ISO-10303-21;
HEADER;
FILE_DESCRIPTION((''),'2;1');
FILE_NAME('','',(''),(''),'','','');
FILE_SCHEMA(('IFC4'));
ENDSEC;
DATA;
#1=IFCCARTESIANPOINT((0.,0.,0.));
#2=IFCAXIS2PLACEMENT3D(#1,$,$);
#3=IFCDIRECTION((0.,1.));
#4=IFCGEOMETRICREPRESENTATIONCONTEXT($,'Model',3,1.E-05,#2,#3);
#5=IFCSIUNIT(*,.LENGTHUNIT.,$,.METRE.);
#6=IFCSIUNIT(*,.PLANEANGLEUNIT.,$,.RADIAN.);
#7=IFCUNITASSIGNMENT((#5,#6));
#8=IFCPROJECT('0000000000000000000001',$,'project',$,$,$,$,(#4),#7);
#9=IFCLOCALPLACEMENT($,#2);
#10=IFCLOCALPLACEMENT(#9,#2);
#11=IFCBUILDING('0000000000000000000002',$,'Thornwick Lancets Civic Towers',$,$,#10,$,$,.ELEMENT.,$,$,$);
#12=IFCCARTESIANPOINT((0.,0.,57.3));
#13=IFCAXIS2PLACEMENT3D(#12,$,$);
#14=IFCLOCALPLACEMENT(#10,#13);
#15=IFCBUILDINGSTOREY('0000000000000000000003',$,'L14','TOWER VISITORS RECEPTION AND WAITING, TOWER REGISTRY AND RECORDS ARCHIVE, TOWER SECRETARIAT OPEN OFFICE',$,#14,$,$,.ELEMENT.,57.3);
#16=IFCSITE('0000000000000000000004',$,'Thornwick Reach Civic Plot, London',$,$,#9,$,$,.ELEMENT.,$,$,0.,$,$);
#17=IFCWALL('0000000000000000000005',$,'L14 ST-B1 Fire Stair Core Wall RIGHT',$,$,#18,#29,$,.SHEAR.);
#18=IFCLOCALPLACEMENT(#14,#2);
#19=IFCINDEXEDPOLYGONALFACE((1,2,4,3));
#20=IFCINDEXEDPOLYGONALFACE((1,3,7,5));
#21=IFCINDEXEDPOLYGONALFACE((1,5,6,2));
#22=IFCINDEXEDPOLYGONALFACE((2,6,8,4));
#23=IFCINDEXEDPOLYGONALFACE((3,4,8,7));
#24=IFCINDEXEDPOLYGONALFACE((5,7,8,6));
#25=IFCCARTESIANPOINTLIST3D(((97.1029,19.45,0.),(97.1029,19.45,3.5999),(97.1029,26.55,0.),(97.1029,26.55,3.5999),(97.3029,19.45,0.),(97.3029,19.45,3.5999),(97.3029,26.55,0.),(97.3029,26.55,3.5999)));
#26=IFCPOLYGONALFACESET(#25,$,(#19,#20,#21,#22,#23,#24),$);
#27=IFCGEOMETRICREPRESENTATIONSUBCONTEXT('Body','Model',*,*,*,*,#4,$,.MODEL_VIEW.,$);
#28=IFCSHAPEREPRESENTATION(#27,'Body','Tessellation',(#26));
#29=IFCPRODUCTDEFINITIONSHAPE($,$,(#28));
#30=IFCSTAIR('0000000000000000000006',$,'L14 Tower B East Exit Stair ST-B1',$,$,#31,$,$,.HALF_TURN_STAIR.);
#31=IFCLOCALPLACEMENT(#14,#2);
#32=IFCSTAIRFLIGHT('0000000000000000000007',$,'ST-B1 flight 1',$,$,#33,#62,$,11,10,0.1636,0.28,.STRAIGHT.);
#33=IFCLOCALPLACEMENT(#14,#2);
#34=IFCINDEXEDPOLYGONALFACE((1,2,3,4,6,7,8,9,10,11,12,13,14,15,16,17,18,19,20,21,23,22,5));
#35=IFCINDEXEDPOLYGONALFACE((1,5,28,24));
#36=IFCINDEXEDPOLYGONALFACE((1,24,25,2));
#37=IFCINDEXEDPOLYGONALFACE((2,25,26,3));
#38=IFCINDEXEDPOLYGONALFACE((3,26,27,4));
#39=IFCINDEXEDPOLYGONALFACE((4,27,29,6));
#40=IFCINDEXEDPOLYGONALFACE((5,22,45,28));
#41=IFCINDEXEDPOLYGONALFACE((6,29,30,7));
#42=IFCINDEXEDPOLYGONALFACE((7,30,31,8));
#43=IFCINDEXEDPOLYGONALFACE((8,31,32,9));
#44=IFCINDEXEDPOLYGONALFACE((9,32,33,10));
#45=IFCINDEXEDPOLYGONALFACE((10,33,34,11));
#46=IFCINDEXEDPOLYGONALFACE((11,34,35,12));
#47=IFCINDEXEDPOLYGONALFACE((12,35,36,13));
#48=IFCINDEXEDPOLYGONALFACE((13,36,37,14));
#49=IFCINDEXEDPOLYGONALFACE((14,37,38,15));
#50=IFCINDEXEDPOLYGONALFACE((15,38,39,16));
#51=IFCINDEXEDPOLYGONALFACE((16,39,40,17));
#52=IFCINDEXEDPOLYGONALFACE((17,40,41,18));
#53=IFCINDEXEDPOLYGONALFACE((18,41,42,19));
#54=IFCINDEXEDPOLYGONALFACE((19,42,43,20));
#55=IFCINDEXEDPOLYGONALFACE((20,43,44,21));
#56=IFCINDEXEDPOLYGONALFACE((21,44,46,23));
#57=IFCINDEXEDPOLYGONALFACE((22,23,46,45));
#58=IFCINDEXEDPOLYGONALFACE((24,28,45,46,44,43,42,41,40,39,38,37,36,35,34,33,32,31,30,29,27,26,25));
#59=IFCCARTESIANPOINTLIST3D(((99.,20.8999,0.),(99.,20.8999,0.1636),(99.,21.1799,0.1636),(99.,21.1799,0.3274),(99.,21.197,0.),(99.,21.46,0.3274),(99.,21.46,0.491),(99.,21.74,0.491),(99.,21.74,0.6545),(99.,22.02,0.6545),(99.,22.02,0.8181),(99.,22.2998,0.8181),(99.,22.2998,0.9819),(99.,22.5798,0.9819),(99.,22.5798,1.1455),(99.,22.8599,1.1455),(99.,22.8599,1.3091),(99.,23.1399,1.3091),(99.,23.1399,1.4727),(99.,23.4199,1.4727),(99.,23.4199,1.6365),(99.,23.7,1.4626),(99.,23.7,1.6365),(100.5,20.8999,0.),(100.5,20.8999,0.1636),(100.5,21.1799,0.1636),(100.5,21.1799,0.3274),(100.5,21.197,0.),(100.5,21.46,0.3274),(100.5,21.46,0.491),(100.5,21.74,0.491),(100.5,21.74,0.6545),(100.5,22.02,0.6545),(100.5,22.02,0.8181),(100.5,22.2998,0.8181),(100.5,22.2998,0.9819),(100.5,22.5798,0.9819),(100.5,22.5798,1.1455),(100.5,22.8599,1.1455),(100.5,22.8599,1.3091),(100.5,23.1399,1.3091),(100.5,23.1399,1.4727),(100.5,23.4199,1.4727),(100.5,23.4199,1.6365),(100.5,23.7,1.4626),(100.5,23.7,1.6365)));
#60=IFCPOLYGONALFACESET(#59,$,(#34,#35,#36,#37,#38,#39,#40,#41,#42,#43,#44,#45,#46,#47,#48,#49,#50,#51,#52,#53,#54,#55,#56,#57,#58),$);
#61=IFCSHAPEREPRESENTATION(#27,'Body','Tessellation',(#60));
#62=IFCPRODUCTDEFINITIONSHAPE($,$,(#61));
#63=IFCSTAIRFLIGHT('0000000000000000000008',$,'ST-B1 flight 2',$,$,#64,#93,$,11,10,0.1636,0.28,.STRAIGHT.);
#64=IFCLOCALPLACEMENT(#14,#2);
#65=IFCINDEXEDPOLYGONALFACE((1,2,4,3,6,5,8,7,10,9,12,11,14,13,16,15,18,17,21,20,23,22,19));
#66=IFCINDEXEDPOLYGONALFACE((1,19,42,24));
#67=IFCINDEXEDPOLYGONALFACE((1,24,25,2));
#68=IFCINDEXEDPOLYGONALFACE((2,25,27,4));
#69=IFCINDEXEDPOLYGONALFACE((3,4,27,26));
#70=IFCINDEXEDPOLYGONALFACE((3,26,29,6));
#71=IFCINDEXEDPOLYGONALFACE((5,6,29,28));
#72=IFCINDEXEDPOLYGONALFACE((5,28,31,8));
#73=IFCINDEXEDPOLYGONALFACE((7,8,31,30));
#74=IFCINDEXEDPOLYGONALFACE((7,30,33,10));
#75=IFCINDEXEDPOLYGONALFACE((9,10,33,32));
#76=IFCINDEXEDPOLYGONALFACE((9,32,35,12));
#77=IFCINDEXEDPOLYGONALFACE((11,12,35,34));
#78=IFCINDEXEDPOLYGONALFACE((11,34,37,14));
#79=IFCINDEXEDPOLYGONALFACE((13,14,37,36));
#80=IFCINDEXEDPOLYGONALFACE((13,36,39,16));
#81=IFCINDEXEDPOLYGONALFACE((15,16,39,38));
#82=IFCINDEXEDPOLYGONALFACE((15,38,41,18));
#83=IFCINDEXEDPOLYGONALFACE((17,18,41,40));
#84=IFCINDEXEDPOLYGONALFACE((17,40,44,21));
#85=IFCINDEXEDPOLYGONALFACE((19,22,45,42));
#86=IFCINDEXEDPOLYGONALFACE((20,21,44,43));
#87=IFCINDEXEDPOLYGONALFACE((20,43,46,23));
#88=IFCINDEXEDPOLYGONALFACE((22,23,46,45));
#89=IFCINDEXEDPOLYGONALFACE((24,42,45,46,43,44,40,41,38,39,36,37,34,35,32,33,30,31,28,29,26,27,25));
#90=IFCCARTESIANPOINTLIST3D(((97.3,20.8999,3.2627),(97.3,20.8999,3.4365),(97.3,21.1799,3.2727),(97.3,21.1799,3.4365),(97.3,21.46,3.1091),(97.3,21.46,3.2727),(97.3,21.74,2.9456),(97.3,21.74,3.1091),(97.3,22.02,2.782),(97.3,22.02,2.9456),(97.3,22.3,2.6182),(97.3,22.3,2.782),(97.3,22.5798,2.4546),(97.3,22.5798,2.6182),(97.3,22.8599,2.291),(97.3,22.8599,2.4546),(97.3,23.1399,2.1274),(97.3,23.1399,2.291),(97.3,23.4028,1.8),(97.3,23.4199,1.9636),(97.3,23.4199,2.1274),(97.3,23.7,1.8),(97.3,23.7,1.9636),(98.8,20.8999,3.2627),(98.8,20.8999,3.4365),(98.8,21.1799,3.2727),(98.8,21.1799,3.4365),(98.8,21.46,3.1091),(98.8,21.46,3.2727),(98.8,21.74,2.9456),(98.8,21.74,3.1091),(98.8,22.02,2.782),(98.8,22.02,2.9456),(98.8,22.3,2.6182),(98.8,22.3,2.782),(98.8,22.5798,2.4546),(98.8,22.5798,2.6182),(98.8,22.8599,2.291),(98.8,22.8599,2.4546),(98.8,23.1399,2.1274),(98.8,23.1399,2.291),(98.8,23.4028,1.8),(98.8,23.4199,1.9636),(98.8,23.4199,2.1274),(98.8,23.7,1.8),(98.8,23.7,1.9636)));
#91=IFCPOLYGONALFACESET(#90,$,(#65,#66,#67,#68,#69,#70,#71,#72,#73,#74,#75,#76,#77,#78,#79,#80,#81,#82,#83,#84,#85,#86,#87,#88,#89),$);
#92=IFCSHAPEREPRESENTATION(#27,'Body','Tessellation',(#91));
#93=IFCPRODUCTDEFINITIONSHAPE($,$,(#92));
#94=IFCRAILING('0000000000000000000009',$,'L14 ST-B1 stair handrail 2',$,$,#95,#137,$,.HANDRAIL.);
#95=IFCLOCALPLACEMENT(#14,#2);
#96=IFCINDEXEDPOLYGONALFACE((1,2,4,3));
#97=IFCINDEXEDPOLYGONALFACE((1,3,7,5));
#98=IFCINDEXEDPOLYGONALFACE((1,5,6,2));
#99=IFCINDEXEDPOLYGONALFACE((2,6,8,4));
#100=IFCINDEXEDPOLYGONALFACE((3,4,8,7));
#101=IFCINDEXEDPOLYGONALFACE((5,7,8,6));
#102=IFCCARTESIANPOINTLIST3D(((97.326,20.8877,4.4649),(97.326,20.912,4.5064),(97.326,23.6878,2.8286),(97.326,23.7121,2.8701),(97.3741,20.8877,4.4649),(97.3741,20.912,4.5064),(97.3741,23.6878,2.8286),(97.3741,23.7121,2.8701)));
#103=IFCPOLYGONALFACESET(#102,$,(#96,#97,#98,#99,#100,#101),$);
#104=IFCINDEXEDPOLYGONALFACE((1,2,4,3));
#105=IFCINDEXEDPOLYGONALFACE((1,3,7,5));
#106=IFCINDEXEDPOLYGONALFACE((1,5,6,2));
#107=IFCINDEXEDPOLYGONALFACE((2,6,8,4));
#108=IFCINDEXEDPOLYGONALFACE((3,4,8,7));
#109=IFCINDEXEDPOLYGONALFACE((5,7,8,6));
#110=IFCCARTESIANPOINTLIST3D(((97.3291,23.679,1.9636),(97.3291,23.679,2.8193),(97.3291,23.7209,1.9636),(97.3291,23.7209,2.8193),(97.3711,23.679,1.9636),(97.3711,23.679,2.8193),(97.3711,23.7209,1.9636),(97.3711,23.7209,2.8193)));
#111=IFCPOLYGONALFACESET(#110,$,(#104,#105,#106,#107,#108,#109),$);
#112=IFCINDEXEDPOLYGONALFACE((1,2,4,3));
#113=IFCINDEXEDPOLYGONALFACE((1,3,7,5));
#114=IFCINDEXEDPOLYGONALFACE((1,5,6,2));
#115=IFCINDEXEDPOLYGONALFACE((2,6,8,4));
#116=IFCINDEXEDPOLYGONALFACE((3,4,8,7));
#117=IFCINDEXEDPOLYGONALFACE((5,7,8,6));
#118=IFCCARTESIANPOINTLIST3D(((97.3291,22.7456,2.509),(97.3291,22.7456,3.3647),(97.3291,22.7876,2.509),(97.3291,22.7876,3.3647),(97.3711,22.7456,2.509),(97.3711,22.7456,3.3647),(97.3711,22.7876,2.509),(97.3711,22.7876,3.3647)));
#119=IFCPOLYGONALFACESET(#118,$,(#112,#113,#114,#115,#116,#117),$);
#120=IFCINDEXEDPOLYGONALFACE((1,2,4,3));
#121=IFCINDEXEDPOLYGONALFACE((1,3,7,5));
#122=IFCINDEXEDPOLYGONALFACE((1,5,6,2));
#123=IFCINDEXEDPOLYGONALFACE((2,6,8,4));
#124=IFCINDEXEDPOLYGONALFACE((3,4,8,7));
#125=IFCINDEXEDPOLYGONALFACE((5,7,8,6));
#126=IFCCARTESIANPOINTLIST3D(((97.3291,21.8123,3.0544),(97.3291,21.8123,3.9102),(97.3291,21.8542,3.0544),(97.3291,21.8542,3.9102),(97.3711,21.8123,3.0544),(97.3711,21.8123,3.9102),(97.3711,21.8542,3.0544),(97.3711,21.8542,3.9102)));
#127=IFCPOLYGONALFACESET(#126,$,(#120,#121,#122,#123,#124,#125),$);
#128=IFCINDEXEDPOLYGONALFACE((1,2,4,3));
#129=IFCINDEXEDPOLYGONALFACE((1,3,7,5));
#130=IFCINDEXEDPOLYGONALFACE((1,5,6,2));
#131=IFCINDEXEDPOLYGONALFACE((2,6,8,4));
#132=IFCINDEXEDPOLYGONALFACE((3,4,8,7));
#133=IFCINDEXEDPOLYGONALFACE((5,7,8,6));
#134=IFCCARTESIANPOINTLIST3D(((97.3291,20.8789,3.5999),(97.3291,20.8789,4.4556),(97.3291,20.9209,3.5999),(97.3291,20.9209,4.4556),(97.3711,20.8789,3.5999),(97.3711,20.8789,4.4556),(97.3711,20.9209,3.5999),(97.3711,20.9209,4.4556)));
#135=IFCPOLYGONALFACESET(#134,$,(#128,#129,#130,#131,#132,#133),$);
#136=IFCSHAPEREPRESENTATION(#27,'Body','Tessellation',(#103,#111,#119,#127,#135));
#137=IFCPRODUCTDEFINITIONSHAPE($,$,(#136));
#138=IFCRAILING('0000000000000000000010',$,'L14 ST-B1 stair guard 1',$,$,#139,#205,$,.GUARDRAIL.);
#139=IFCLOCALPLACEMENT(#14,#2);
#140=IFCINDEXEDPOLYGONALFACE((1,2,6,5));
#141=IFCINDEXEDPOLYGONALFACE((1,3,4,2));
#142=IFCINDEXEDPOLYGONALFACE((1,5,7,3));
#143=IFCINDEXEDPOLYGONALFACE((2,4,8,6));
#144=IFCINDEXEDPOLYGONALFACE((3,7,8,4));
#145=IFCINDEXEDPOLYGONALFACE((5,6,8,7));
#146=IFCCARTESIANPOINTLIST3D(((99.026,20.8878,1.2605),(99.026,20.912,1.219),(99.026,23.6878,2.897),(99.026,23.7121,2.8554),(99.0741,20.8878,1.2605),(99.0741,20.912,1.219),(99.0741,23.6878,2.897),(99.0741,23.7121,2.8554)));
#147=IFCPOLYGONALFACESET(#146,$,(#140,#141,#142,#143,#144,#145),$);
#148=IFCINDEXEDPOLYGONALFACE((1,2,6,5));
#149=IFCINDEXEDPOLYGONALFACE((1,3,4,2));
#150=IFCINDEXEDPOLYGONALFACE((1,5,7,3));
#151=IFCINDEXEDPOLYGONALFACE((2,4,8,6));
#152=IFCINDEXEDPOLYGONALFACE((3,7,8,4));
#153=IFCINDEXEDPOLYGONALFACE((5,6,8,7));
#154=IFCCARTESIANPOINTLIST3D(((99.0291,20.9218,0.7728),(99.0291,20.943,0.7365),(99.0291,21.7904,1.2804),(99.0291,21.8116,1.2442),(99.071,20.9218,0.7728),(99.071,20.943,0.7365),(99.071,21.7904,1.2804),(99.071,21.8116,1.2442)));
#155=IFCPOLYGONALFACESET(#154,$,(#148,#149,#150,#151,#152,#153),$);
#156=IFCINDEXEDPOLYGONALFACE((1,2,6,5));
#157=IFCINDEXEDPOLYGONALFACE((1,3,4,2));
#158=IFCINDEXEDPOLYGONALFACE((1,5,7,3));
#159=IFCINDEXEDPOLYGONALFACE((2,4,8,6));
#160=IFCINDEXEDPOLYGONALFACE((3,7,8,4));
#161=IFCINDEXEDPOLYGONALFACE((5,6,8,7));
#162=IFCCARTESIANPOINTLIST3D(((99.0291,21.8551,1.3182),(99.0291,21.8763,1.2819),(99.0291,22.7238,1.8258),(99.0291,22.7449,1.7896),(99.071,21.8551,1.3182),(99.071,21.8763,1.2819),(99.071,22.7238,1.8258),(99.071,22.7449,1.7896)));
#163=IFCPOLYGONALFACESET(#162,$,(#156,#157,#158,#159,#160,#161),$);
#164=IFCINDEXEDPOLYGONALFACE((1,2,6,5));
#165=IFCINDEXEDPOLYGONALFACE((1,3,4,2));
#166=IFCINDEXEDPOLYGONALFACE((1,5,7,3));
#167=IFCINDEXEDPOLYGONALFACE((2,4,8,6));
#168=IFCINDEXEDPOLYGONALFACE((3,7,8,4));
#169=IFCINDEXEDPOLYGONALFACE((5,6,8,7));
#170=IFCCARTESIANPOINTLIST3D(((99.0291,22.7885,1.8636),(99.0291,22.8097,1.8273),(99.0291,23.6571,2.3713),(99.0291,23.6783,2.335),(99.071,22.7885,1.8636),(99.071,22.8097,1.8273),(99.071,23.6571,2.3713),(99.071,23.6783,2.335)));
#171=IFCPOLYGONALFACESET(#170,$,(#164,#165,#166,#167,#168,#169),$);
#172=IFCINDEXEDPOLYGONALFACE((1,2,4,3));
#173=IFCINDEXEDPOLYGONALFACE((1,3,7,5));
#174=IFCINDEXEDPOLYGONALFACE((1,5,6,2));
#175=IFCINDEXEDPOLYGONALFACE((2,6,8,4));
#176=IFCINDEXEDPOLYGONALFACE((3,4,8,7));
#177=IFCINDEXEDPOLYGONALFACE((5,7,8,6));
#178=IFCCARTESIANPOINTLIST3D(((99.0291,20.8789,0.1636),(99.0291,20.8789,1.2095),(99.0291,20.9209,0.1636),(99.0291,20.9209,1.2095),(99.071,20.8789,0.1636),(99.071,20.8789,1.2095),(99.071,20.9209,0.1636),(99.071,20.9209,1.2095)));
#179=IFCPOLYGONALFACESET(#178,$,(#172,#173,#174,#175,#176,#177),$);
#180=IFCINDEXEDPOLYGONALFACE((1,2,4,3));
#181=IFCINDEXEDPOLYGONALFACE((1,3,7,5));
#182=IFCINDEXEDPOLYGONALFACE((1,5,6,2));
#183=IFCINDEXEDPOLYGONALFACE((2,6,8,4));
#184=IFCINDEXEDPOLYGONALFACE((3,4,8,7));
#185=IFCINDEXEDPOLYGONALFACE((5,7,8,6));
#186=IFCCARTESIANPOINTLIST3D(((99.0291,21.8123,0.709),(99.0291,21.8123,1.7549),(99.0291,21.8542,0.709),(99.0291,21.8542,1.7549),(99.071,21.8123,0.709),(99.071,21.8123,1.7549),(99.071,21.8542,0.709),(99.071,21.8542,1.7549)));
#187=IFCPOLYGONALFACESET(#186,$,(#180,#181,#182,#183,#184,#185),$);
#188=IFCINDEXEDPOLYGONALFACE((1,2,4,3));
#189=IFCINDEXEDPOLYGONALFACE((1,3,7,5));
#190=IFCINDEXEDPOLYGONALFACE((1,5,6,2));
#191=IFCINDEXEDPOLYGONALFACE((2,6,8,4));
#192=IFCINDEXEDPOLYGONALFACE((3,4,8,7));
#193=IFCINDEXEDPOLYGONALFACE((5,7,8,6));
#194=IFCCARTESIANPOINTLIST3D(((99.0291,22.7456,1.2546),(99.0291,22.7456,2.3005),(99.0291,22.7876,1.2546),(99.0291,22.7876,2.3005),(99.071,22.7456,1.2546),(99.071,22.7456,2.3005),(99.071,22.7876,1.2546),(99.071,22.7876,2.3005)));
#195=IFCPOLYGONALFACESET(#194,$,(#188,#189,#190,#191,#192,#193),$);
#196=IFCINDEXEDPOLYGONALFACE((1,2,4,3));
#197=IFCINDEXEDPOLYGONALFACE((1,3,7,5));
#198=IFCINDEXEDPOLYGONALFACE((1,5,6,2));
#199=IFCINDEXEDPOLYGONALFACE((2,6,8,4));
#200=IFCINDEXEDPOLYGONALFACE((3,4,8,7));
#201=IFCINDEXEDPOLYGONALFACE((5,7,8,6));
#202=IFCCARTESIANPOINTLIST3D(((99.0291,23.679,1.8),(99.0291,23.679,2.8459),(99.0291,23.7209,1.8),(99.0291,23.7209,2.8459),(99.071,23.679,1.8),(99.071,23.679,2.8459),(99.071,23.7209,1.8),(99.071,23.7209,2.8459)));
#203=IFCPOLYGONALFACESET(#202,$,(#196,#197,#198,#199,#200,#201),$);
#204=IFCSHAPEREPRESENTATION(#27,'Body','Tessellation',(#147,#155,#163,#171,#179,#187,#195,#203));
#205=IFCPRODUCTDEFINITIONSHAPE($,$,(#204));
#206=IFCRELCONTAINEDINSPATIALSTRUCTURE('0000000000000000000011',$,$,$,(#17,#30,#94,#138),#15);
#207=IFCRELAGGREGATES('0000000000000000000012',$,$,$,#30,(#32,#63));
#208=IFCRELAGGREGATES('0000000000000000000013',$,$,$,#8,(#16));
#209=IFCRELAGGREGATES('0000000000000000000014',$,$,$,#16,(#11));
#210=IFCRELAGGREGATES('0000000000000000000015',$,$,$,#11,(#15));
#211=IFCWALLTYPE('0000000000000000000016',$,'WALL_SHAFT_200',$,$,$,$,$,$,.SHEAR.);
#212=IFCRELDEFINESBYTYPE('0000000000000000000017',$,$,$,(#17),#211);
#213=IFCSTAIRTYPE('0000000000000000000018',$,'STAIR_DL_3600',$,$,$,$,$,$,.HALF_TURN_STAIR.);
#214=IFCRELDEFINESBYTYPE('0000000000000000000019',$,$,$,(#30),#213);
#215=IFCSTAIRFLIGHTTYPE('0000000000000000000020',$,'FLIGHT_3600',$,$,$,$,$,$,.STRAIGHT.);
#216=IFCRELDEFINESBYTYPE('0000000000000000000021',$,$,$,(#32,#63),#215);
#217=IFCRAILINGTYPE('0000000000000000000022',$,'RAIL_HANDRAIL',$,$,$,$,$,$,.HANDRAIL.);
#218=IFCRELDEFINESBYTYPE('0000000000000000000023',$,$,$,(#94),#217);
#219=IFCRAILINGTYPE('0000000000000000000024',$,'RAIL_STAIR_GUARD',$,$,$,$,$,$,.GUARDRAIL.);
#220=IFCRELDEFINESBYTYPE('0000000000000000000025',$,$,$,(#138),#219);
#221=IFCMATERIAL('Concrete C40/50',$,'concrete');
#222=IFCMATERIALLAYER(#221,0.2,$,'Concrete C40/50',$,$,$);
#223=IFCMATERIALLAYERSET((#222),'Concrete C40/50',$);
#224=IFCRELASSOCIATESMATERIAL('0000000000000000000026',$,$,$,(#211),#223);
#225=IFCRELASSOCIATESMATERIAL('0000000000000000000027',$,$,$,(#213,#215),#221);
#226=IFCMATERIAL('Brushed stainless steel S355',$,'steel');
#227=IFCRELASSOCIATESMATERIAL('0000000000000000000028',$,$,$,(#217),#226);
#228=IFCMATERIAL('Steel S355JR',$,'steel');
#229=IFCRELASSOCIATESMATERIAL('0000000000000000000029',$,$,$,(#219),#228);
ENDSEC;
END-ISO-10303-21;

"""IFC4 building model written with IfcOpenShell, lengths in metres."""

from ifc_helpers import new_model, si_unit, direction, frame, frame_2d, origin, origin_2d, place, context, subcontext, project, spatial, polyline, rectangle, outline, extrude, material, layer, layer_set, type_object, element, aggregate, save


model = new_model("IFC4")

# Units and contexts
model_context = context("Model", 3, precision=1e-05, world=origin(), true_north=direction((0.0, 1.0)))
body_context = subcontext(model_context, "Body", "Model", "MODEL_VIEW")
ifc_project = project(units=[si_unit("LENGTHUNIT", "METRE"), si_unit("PLANEANGLEUNIT", "RADIAN")], contexts=[model_context])

# Site, building, storey
site_placement = place(None, origin())
site = spatial("IfcSite", under=ifc_project, at=site_placement, Name="Thornwick Reach Civic Plot, London", CompositionType="ELEMENT", RefElevation=0.0)
building_placement = place(site_placement, origin())
building = spatial("IfcBuilding", under=site, at=building_placement, Name="Thornwick Lancets Civic Towers", CompositionType="ELEMENT")
storey_placement = place(building_placement, frame((0.0, 0.0, 57.3)))
storey = spatial("IfcBuildingStorey", under=building, at=storey_placement, Name="L14", Description="TOWER VISITORS RECEPTION AND WAITING, TOWER REGISTRY AND RECORDS ARCHIVE, TOWER SECRETARIAT OPEN OFFICE", CompositionType="ELEMENT", Elevation=57.3)

# Wall
ifc_material_1 = material(Name="Concrete C40/50", Category="concrete")
ifc_layer_1 = layer(ifc_material_1, 0.2, Name="Concrete C40/50")
ifc_layer_set_1 = layer_set([ifc_layer_1], Name="Concrete C40/50")
wall_type_1 = type_object("IfcWallType", Name="WALL_SHAFT_200", PredefinedType="SHEAR", material=ifc_layer_set_1)
wall_1_placement = place(storey_placement, frame((97.2029, 26.55, 0.0), z_axis=(0.0, 0.0, 1.0), x_axis=(0.0, -1.0, 0.0)))
element("IfcWall", 1, at=wall_1_placement, inside=storey, type_object=wall_type_1, Name="L14 ST-B1 Fire Stair Core Wall RIGHT", PredefinedType="SHEAR", context=body_context, shape_type="SweptSolid", body=[
    extrude(rectangle(XDim=7.1001, YDim=0.2, at=frame_2d((3.55, 0.0))), origin(), (0.0, 0.0, 1.0), 3.5999),
])

# Stair, stair flights
stair_type = type_object("IfcStairType", Name="STAIR_DL_3600", PredefinedType="HALF_TURN_STAIR", material=ifc_material_1)
stair_placement = place(storey_placement, origin())
stair = element("IfcStair", 2, at=stair_placement, inside=storey, type_object=stair_type, Name="L14 Tower B East Exit Stair ST-B1", PredefinedType="HALF_TURN_STAIR")
stair_flight_type = type_object("IfcStairFlightType", Name="FLIGHT_3600", PredefinedType="STRAIGHT", material=ifc_material_1)
stair_flight_1_placement = place(storey_placement, frame((99.75, 20.8999, 0.0), z_axis=(0.0, 0.0, 1.0), x_axis=(0.0, 1.0, 0.0)))
stair_flight_1 = element("IfcStairFlight", 3, at=stair_flight_1_placement, type_object=stair_flight_type, Name="ST-B1 flight 1", NumberOfRisers=11, NumberOfTreads=10, PredefinedType="STRAIGHT", RiserHeight=0.1636, TreadLength=0.28, context=body_context, shape_type="SweptSolid", body=[
    extrude(outline(polyline([(0.0, 0.0), (0.0, 0.1636), (0.28, 0.1636), (0.28, 0.3274), (0.5601, 0.3274), (0.5601, 0.491), (0.8401, 0.491), (0.8401, 0.6545), (1.1201, 0.6545), (1.1201, 0.8181), (1.3999, 0.8181), (1.3999, 0.9819), (1.6799, 0.9819), (1.6799, 1.1455), (1.96, 1.1455), (1.96, 1.3091), (2.24, 1.3091), (2.24, 1.4727), (2.52, 1.4727), (2.52, 1.6365), (2.8, 1.6365), (2.8, 1.8), (2.8, 1.4626), (0.2971, 0.0), (0.0, 0.0)])), frame((0.0, 0.75, 0.0), z_axis=(0.0, -1.0, 0.0), x_axis=(1.0, 0.0, 0.0)), (0.0, 0.0, 1.0), 1.5),
])
stair_flight_2_placement = place(storey_placement, frame((98.05, 23.7, 1.8), z_axis=(0.0, 0.0, 1.0), x_axis=(0.0, -1.0, 0.0)))
stair_flight_2 = element("IfcStairFlight", 4, at=stair_flight_2_placement, type_object=stair_flight_type, Name="ST-B1 flight 2", NumberOfRisers=11, NumberOfTreads=10, PredefinedType="STRAIGHT", RiserHeight=0.1636, TreadLength=0.28, context=body_context, shape_type="SweptSolid", body=[
    extrude(outline(polyline([(0.0, 0.0), (0.0, 0.1636), (0.28, 0.1636), (0.28, 0.3274), (0.5601, 0.3274), (0.5601, 0.491), (0.8401, 0.491), (0.8401, 0.6545), (1.1201, 0.6545), (1.1201, 0.8181), (1.3999, 0.8181), (1.3999, 0.9819), (1.6799, 0.9819), (1.6799, 1.1455), (1.96, 1.1455), (1.96, 1.3091), (2.24, 1.3091), (2.24, 1.4727), (2.52, 1.4727), (2.52, 1.6365), (2.8, 1.6365), (2.8, 1.8), (2.8, 1.4626), (0.2971, 0.0), (0.0, 0.0)])), frame((0.0, 0.75, 0.0), z_axis=(0.0, -1.0, 0.0), x_axis=(1.0, 0.0, 0.0)), (0.0, 0.0, 1.0), 1.5),
])
aggregate(stair, [stair_flight_1, stair_flight_2])

# Railings
ifc_material_2 = material(Name="Brushed stainless steel S355", Category="steel")
railing_type_1 = type_object("IfcRailingType", Name="RAIL_HANDRAIL", PredefinedType="HANDRAIL", material=ifc_material_2)
railing_1_placement = place(storey_placement, frame((97.3501, 23.7, 1.9636)))
element("IfcRailing", 5, at=railing_1_placement, inside=storey, type_object=railing_type_1, Name="L14 ST-B1 stair handrail 2", PredefinedType="HANDRAIL", context=body_context, shape_type="SweptSolid", body=[
    extrude(rectangle(XDim=0.0481, YDim=0.0481, at=origin_2d()), frame((0.0, 0.0, 0.8857), z_axis=(0.0, -0.863394, 0.504531), x_axis=(1.0, 0.0, 0.0)), (0.0, 0.0, 1.0), 3.2432),
    extrude(rectangle(XDim=0.042, YDim=0.042, at=origin_2d()), origin(), (0.0, 0.0, 1.0), 0.8557),
    extrude(rectangle(XDim=0.042, YDim=0.042, at=origin_2d()), frame((0.0, -0.9333, 0.5454)), (0.0, 0.0, 1.0), 0.8557),
    extrude(rectangle(XDim=0.042, YDim=0.042, at=origin_2d()), frame((0.0, -1.8667, 1.0908)), (0.0, 0.0, 1.0), 0.8557),
    extrude(rectangle(XDim=0.042, YDim=0.042, at=origin_2d()), frame((0.0, -2.8, 1.6362)), (0.0, 0.0, 1.0), 0.8557),
])
ifc_material_3 = material(Name="Steel S355JR", Category="steel")
railing_type_2 = type_object("IfcRailingType", Name="RAIL_STAIR_GUARD", PredefinedType="GUARDRAIL", material=ifc_material_3)
railing_2_placement = place(storey_placement, frame((99.05, 20.8999, 0.1636)))
element("IfcRailing", 6, at=railing_2_placement, inside=storey, type_object=railing_type_2, Name="L14 ST-B1 stair guard 1", PredefinedType="GUARDRAIL", context=body_context, shape_type="SweptSolid", body=[
    extrude(rectangle(XDim=0.0481, YDim=0.0481, at=origin_2d()), frame((0.0, 0.0, 1.0762), z_axis=(0.0, 0.863361, 0.504587), x_axis=(-1.0, 0.0, 0.0)), (0.0, 0.0, 1.0), 3.2432),
    extrude(rectangle(XDim=0.042, YDim=0.042, at=origin_2d()), frame((0.0, 0.0325, 0.5911), z_axis=(0.0, 0.863361, 0.504587), x_axis=(-1.0, 0.0, 0.0)), (0.0, 0.0, 1.0), 1.0061),
    extrude(rectangle(XDim=0.042, YDim=0.042, at=origin_2d()), frame((0.0, 0.9658, 1.1365), z_axis=(0.0, 0.863361, 0.504587), x_axis=(-1.0, 0.0, 0.0)), (0.0, 0.0, 1.0), 1.0061),
    extrude(rectangle(XDim=0.042, YDim=0.042, at=origin_2d()), frame((0.0, 1.8992, 1.6819), z_axis=(0.0, 0.863361, 0.504587), x_axis=(-1.0, 0.0, 0.0)), (0.0, 0.0, 1.0), 1.0061),
    extrude(rectangle(XDim=0.042, YDim=0.042, at=origin_2d()), origin(), (0.0, 0.0, 1.0), 1.0459),
    extrude(rectangle(XDim=0.042, YDim=0.042, at=origin_2d()), frame((0.0, 0.9333, 0.5454)), (0.0, 0.0, 1.0), 1.0459),
    extrude(rectangle(XDim=0.042, YDim=0.042, at=origin_2d()), frame((0.0, 1.8667, 1.0911)), (0.0, 0.0, 1.0), 1.0459),
    extrude(rectangle(XDim=0.042, YDim=0.042, at=origin_2d()), frame((0.0, 2.8, 1.6365)), (0.0, 0.0, 1.0), 1.0459),
])

save(model, "model.ifc")
